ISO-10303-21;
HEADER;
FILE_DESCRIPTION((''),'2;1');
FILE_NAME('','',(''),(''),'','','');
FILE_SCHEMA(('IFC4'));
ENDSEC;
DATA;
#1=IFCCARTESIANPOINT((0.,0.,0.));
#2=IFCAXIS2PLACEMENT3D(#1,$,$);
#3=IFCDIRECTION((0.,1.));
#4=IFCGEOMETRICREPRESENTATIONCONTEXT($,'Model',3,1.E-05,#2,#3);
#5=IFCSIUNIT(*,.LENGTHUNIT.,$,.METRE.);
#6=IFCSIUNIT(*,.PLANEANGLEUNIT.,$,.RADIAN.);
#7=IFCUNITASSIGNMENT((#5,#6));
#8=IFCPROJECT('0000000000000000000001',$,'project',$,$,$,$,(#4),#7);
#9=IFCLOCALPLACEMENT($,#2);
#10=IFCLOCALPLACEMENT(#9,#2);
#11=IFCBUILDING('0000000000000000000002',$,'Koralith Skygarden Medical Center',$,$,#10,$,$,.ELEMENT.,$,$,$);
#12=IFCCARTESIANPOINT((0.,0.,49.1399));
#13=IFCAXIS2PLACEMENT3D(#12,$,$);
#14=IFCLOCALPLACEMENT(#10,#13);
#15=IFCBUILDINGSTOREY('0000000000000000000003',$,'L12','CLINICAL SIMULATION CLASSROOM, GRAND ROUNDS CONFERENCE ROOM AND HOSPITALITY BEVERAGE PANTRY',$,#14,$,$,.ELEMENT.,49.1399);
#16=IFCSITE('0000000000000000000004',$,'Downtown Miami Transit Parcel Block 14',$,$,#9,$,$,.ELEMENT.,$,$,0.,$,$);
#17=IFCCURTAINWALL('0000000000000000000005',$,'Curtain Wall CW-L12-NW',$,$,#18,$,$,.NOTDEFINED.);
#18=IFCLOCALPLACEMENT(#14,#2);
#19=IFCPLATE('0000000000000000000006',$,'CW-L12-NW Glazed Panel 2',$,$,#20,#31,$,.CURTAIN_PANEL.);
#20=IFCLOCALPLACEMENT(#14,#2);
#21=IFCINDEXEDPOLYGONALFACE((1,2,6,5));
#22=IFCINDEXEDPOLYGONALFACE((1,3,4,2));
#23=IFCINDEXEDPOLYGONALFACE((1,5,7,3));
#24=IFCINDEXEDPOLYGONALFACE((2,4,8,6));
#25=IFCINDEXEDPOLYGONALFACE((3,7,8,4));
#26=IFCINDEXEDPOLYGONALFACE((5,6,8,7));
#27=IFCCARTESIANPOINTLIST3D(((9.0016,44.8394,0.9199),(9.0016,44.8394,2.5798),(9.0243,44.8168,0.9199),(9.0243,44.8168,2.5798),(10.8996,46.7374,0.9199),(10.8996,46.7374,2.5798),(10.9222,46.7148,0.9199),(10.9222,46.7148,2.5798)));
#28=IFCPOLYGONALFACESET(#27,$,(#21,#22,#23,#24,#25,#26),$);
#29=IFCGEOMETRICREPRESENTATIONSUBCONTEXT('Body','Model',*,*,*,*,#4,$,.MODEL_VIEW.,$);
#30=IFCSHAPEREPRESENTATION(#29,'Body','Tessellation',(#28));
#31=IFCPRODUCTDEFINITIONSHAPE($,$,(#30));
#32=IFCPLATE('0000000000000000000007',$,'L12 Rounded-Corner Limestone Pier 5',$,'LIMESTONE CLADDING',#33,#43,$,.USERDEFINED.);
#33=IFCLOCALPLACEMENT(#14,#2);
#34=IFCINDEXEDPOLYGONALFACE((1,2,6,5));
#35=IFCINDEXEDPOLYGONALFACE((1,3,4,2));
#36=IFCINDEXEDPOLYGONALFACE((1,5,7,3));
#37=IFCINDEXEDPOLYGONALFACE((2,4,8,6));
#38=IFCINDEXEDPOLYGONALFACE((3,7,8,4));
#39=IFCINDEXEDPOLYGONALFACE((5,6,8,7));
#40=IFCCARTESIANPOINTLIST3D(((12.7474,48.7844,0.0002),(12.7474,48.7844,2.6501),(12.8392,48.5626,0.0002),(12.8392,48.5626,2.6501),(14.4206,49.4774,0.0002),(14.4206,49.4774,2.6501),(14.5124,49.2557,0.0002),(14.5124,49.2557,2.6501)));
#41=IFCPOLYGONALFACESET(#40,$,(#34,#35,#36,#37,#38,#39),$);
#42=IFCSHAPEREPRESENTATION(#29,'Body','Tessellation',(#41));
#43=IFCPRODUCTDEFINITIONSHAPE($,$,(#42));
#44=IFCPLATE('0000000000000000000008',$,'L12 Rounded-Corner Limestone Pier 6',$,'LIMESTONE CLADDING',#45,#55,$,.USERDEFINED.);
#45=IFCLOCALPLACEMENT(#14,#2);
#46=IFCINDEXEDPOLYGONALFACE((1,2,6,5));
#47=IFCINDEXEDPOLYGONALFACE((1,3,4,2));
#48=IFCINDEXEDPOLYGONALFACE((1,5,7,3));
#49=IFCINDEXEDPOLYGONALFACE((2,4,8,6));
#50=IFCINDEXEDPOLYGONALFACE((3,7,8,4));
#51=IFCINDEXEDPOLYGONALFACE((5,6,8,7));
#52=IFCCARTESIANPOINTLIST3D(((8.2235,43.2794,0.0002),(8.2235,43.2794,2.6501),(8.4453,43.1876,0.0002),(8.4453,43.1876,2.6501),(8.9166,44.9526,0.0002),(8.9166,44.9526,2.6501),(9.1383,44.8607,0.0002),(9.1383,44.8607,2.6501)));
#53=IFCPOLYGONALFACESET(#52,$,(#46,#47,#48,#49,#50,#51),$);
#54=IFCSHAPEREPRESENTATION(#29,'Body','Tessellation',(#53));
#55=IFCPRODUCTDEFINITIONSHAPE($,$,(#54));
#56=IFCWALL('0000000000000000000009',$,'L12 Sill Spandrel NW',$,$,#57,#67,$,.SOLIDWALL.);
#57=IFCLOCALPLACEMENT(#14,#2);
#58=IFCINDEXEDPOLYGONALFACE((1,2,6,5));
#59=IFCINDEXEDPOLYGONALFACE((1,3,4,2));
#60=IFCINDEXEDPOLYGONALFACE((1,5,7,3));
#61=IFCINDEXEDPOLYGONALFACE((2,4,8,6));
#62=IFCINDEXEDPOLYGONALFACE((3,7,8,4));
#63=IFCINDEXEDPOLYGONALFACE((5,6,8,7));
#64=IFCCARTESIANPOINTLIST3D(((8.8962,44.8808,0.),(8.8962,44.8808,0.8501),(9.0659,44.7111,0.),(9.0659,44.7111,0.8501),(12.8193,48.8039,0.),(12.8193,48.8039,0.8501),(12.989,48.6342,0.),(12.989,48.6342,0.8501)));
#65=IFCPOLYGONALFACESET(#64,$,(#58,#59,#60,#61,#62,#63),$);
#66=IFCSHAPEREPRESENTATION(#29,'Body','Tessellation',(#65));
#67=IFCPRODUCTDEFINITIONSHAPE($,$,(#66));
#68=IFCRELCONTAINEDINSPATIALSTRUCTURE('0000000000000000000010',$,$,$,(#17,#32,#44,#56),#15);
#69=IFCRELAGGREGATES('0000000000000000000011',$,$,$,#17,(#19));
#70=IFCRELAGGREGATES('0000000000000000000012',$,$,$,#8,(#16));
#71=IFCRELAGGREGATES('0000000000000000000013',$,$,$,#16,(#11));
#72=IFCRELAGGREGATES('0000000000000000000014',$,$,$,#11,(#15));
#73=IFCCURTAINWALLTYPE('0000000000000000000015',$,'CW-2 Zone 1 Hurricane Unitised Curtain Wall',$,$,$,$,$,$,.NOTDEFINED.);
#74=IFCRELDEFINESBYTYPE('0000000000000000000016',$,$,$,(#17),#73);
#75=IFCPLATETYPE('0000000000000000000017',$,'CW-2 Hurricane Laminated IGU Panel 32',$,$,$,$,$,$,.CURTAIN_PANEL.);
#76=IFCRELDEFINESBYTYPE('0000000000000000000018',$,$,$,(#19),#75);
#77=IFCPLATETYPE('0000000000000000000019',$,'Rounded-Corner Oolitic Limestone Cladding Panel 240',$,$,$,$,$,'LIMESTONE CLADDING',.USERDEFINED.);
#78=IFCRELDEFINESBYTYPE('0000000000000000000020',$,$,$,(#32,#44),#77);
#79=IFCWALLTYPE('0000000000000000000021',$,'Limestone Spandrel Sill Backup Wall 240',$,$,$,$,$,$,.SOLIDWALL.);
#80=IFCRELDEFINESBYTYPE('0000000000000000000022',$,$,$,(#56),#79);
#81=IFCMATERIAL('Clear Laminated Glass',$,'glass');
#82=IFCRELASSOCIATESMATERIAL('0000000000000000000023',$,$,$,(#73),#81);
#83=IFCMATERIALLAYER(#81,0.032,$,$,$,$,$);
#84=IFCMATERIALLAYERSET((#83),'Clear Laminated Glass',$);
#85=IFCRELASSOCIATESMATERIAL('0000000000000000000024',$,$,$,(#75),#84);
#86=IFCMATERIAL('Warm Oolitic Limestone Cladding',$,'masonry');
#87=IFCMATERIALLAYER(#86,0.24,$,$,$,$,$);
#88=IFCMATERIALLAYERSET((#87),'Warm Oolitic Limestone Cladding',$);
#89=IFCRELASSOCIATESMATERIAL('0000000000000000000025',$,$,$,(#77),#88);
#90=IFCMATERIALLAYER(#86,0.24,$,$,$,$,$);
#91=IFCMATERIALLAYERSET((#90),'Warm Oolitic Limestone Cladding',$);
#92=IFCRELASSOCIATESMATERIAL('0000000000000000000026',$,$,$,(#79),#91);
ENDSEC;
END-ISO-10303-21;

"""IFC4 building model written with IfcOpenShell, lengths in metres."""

from ifc_helpers import new_model, si_unit, direction, frame, frame_2d, origin, origin_2d, place, context, subcontext, project, spatial, rectangle, extrude, material, layer, layer_set, type_object, element, aggregate, save


model = new_model("IFC4")

# Units and contexts
model_context = context("Model", 3, precision=1e-05, world=origin(), true_north=direction((0.0, 1.0)))
body_context = subcontext(model_context, "Body", "Model", "MODEL_VIEW")
ifc_project = project(units=[si_unit("LENGTHUNIT", "METRE"), si_unit("PLANEANGLEUNIT", "RADIAN")], contexts=[model_context])

# Site, building, storey
site_placement = place(None, origin())
site = spatial("IfcSite", under=ifc_project, at=site_placement, Name="Downtown Miami Transit Parcel Block 14", CompositionType="ELEMENT", RefElevation=0.0)
building_placement = place(site_placement, origin())
building = spatial("IfcBuilding", under=site, at=building_placement, Name="Koralith Skygarden Medical Center", CompositionType="ELEMENT")
storey_placement = place(building_placement, frame((0.0, 0.0, 49.1399)))
storey = spatial("IfcBuildingStorey", under=building, at=storey_placement, Name="L12", Description="CLINICAL SIMULATION CLASSROOM, GRAND ROUNDS CONFERENCE ROOM AND HOSPITALITY BEVERAGE PANTRY", CompositionType="ELEMENT", Elevation=49.1399)

# Shared definitions
ifc_material_1 = material(Name="Clear Laminated Glass", Category="glass")
curtain_wall_type = type_object("IfcCurtainWallType", Name="CW-2 Zone 1 Hurricane Unitised Curtain Wall", PredefinedType="NOTDEFINED", material=ifc_material_1)

# Curtain wall
curtain_wall_1_placement = place(storey_placement, origin())
curtain_wall_1 = element("IfcCurtainWall", 1, at=curtain_wall_1_placement, inside=storey, type_object=curtain_wall_type, Name="Curtain Wall CW-L12-NW", PredefinedType="NOTDEFINED")

# Plate
ifc_layer_1 = layer(ifc_material_1, 0.032)
ifc_layer_set_1 = layer_set([ifc_layer_1], Name="Clear Laminated Glass")
plate_type_1 = type_object("IfcPlateType", Name="CW-2 Hurricane Laminated IGU Panel 32", PredefinedType="CURTAIN_PANEL", material=ifc_layer_set_1)
plate_1_placement = place(storey_placement, frame((9.9619, 45.7771, 0.9199), z_axis=(0.0, 0.0, 1.0), x_axis=(-0.707107, -0.707107, 0.0)))
plate_1 = element("IfcPlate", 2, at=plate_1_placement, type_object=plate_type_1, Name="CW-L12-NW Glazed Panel 2", PredefinedType="CURTAIN_PANEL", context=body_context, shape_type="SweptSolid", body=[
    extrude(rectangle(XDim=2.6841, YDim=0.032, at=origin_2d()), origin(), (0.0, 0.0, 1.0), 1.6599),
])
aggregate(curtain_wall_1, [plate_1])

# Plates
ifc_material_2 = material(Name="Warm Oolitic Limestone Cladding", Category="masonry")
ifc_layer_2 = layer(ifc_material_2, 0.24)
ifc_layer_set_2 = layer_set([ifc_layer_2], Name="Warm Oolitic Limestone Cladding")
plate_type_2 = type_object("IfcPlateType", Name="Rounded-Corner Oolitic Limestone Cladding Panel 240", ElementType="LIMESTONE CLADDING", PredefinedType="USERDEFINED", material=ifc_layer_set_2)
for number, where, z_axis, x_axis, name in (
    (3, (13.6299, 49.02, 0.0002), (0.0, 0.0, 1.0), (-0.923885, -0.382671, 0.0), "L12 Rounded-Corner Limestone Pier 5"),
    (4, (8.6809, 44.0701, 0.0002), (0.0, 0.0, 1.0), (-0.382671, -0.923885, 0.0), "L12 Rounded-Corner Limestone Pier 6"),
):
    element("IfcPlate", number, at=place(storey_placement, frame(where, z_axis=z_axis, x_axis=x_axis)), inside=storey, type_object=plate_type_2, Name=name, ObjectType="LIMESTONE CLADDING", PredefinedType="USERDEFINED", context=body_context, shape_type="SweptSolid", body=[
        extrude(rectangle(XDim=1.811, YDim=0.24, at=origin_2d()), origin(), (0.0, 0.0, 1.0), 2.6499),
    ])

# Wall
ifc_layer_3 = layer(ifc_material_2, 0.24)
ifc_layer_set_3 = layer_set([ifc_layer_3], Name="Warm Oolitic Limestone Cladding")
wall_type = type_object("IfcWallType", Name="Limestone Spandrel Sill Backup Wall 240", PredefinedType="SOLIDWALL", material=ifc_layer_set_3)
wall_placement = place(storey_placement, frame((12.9041, 48.719, 0.0), z_axis=(0.0, 0.0, 1.0), x_axis=(-0.707107, -0.707107, 0.0)))
element("IfcWall", 5, at=wall_placement, inside=storey, type_object=wall_type, Name="L12 Sill Spandrel NW", PredefinedType="SOLIDWALL", context=body_context, shape_type="SweptSolid", body=[
    extrude(rectangle(XDim=5.5481, YDim=0.24, at=frame_2d((2.7739, 0.0))), origin(), (0.0, 0.0, 1.0), 0.8501),
])

save(model, "model.ifc")
